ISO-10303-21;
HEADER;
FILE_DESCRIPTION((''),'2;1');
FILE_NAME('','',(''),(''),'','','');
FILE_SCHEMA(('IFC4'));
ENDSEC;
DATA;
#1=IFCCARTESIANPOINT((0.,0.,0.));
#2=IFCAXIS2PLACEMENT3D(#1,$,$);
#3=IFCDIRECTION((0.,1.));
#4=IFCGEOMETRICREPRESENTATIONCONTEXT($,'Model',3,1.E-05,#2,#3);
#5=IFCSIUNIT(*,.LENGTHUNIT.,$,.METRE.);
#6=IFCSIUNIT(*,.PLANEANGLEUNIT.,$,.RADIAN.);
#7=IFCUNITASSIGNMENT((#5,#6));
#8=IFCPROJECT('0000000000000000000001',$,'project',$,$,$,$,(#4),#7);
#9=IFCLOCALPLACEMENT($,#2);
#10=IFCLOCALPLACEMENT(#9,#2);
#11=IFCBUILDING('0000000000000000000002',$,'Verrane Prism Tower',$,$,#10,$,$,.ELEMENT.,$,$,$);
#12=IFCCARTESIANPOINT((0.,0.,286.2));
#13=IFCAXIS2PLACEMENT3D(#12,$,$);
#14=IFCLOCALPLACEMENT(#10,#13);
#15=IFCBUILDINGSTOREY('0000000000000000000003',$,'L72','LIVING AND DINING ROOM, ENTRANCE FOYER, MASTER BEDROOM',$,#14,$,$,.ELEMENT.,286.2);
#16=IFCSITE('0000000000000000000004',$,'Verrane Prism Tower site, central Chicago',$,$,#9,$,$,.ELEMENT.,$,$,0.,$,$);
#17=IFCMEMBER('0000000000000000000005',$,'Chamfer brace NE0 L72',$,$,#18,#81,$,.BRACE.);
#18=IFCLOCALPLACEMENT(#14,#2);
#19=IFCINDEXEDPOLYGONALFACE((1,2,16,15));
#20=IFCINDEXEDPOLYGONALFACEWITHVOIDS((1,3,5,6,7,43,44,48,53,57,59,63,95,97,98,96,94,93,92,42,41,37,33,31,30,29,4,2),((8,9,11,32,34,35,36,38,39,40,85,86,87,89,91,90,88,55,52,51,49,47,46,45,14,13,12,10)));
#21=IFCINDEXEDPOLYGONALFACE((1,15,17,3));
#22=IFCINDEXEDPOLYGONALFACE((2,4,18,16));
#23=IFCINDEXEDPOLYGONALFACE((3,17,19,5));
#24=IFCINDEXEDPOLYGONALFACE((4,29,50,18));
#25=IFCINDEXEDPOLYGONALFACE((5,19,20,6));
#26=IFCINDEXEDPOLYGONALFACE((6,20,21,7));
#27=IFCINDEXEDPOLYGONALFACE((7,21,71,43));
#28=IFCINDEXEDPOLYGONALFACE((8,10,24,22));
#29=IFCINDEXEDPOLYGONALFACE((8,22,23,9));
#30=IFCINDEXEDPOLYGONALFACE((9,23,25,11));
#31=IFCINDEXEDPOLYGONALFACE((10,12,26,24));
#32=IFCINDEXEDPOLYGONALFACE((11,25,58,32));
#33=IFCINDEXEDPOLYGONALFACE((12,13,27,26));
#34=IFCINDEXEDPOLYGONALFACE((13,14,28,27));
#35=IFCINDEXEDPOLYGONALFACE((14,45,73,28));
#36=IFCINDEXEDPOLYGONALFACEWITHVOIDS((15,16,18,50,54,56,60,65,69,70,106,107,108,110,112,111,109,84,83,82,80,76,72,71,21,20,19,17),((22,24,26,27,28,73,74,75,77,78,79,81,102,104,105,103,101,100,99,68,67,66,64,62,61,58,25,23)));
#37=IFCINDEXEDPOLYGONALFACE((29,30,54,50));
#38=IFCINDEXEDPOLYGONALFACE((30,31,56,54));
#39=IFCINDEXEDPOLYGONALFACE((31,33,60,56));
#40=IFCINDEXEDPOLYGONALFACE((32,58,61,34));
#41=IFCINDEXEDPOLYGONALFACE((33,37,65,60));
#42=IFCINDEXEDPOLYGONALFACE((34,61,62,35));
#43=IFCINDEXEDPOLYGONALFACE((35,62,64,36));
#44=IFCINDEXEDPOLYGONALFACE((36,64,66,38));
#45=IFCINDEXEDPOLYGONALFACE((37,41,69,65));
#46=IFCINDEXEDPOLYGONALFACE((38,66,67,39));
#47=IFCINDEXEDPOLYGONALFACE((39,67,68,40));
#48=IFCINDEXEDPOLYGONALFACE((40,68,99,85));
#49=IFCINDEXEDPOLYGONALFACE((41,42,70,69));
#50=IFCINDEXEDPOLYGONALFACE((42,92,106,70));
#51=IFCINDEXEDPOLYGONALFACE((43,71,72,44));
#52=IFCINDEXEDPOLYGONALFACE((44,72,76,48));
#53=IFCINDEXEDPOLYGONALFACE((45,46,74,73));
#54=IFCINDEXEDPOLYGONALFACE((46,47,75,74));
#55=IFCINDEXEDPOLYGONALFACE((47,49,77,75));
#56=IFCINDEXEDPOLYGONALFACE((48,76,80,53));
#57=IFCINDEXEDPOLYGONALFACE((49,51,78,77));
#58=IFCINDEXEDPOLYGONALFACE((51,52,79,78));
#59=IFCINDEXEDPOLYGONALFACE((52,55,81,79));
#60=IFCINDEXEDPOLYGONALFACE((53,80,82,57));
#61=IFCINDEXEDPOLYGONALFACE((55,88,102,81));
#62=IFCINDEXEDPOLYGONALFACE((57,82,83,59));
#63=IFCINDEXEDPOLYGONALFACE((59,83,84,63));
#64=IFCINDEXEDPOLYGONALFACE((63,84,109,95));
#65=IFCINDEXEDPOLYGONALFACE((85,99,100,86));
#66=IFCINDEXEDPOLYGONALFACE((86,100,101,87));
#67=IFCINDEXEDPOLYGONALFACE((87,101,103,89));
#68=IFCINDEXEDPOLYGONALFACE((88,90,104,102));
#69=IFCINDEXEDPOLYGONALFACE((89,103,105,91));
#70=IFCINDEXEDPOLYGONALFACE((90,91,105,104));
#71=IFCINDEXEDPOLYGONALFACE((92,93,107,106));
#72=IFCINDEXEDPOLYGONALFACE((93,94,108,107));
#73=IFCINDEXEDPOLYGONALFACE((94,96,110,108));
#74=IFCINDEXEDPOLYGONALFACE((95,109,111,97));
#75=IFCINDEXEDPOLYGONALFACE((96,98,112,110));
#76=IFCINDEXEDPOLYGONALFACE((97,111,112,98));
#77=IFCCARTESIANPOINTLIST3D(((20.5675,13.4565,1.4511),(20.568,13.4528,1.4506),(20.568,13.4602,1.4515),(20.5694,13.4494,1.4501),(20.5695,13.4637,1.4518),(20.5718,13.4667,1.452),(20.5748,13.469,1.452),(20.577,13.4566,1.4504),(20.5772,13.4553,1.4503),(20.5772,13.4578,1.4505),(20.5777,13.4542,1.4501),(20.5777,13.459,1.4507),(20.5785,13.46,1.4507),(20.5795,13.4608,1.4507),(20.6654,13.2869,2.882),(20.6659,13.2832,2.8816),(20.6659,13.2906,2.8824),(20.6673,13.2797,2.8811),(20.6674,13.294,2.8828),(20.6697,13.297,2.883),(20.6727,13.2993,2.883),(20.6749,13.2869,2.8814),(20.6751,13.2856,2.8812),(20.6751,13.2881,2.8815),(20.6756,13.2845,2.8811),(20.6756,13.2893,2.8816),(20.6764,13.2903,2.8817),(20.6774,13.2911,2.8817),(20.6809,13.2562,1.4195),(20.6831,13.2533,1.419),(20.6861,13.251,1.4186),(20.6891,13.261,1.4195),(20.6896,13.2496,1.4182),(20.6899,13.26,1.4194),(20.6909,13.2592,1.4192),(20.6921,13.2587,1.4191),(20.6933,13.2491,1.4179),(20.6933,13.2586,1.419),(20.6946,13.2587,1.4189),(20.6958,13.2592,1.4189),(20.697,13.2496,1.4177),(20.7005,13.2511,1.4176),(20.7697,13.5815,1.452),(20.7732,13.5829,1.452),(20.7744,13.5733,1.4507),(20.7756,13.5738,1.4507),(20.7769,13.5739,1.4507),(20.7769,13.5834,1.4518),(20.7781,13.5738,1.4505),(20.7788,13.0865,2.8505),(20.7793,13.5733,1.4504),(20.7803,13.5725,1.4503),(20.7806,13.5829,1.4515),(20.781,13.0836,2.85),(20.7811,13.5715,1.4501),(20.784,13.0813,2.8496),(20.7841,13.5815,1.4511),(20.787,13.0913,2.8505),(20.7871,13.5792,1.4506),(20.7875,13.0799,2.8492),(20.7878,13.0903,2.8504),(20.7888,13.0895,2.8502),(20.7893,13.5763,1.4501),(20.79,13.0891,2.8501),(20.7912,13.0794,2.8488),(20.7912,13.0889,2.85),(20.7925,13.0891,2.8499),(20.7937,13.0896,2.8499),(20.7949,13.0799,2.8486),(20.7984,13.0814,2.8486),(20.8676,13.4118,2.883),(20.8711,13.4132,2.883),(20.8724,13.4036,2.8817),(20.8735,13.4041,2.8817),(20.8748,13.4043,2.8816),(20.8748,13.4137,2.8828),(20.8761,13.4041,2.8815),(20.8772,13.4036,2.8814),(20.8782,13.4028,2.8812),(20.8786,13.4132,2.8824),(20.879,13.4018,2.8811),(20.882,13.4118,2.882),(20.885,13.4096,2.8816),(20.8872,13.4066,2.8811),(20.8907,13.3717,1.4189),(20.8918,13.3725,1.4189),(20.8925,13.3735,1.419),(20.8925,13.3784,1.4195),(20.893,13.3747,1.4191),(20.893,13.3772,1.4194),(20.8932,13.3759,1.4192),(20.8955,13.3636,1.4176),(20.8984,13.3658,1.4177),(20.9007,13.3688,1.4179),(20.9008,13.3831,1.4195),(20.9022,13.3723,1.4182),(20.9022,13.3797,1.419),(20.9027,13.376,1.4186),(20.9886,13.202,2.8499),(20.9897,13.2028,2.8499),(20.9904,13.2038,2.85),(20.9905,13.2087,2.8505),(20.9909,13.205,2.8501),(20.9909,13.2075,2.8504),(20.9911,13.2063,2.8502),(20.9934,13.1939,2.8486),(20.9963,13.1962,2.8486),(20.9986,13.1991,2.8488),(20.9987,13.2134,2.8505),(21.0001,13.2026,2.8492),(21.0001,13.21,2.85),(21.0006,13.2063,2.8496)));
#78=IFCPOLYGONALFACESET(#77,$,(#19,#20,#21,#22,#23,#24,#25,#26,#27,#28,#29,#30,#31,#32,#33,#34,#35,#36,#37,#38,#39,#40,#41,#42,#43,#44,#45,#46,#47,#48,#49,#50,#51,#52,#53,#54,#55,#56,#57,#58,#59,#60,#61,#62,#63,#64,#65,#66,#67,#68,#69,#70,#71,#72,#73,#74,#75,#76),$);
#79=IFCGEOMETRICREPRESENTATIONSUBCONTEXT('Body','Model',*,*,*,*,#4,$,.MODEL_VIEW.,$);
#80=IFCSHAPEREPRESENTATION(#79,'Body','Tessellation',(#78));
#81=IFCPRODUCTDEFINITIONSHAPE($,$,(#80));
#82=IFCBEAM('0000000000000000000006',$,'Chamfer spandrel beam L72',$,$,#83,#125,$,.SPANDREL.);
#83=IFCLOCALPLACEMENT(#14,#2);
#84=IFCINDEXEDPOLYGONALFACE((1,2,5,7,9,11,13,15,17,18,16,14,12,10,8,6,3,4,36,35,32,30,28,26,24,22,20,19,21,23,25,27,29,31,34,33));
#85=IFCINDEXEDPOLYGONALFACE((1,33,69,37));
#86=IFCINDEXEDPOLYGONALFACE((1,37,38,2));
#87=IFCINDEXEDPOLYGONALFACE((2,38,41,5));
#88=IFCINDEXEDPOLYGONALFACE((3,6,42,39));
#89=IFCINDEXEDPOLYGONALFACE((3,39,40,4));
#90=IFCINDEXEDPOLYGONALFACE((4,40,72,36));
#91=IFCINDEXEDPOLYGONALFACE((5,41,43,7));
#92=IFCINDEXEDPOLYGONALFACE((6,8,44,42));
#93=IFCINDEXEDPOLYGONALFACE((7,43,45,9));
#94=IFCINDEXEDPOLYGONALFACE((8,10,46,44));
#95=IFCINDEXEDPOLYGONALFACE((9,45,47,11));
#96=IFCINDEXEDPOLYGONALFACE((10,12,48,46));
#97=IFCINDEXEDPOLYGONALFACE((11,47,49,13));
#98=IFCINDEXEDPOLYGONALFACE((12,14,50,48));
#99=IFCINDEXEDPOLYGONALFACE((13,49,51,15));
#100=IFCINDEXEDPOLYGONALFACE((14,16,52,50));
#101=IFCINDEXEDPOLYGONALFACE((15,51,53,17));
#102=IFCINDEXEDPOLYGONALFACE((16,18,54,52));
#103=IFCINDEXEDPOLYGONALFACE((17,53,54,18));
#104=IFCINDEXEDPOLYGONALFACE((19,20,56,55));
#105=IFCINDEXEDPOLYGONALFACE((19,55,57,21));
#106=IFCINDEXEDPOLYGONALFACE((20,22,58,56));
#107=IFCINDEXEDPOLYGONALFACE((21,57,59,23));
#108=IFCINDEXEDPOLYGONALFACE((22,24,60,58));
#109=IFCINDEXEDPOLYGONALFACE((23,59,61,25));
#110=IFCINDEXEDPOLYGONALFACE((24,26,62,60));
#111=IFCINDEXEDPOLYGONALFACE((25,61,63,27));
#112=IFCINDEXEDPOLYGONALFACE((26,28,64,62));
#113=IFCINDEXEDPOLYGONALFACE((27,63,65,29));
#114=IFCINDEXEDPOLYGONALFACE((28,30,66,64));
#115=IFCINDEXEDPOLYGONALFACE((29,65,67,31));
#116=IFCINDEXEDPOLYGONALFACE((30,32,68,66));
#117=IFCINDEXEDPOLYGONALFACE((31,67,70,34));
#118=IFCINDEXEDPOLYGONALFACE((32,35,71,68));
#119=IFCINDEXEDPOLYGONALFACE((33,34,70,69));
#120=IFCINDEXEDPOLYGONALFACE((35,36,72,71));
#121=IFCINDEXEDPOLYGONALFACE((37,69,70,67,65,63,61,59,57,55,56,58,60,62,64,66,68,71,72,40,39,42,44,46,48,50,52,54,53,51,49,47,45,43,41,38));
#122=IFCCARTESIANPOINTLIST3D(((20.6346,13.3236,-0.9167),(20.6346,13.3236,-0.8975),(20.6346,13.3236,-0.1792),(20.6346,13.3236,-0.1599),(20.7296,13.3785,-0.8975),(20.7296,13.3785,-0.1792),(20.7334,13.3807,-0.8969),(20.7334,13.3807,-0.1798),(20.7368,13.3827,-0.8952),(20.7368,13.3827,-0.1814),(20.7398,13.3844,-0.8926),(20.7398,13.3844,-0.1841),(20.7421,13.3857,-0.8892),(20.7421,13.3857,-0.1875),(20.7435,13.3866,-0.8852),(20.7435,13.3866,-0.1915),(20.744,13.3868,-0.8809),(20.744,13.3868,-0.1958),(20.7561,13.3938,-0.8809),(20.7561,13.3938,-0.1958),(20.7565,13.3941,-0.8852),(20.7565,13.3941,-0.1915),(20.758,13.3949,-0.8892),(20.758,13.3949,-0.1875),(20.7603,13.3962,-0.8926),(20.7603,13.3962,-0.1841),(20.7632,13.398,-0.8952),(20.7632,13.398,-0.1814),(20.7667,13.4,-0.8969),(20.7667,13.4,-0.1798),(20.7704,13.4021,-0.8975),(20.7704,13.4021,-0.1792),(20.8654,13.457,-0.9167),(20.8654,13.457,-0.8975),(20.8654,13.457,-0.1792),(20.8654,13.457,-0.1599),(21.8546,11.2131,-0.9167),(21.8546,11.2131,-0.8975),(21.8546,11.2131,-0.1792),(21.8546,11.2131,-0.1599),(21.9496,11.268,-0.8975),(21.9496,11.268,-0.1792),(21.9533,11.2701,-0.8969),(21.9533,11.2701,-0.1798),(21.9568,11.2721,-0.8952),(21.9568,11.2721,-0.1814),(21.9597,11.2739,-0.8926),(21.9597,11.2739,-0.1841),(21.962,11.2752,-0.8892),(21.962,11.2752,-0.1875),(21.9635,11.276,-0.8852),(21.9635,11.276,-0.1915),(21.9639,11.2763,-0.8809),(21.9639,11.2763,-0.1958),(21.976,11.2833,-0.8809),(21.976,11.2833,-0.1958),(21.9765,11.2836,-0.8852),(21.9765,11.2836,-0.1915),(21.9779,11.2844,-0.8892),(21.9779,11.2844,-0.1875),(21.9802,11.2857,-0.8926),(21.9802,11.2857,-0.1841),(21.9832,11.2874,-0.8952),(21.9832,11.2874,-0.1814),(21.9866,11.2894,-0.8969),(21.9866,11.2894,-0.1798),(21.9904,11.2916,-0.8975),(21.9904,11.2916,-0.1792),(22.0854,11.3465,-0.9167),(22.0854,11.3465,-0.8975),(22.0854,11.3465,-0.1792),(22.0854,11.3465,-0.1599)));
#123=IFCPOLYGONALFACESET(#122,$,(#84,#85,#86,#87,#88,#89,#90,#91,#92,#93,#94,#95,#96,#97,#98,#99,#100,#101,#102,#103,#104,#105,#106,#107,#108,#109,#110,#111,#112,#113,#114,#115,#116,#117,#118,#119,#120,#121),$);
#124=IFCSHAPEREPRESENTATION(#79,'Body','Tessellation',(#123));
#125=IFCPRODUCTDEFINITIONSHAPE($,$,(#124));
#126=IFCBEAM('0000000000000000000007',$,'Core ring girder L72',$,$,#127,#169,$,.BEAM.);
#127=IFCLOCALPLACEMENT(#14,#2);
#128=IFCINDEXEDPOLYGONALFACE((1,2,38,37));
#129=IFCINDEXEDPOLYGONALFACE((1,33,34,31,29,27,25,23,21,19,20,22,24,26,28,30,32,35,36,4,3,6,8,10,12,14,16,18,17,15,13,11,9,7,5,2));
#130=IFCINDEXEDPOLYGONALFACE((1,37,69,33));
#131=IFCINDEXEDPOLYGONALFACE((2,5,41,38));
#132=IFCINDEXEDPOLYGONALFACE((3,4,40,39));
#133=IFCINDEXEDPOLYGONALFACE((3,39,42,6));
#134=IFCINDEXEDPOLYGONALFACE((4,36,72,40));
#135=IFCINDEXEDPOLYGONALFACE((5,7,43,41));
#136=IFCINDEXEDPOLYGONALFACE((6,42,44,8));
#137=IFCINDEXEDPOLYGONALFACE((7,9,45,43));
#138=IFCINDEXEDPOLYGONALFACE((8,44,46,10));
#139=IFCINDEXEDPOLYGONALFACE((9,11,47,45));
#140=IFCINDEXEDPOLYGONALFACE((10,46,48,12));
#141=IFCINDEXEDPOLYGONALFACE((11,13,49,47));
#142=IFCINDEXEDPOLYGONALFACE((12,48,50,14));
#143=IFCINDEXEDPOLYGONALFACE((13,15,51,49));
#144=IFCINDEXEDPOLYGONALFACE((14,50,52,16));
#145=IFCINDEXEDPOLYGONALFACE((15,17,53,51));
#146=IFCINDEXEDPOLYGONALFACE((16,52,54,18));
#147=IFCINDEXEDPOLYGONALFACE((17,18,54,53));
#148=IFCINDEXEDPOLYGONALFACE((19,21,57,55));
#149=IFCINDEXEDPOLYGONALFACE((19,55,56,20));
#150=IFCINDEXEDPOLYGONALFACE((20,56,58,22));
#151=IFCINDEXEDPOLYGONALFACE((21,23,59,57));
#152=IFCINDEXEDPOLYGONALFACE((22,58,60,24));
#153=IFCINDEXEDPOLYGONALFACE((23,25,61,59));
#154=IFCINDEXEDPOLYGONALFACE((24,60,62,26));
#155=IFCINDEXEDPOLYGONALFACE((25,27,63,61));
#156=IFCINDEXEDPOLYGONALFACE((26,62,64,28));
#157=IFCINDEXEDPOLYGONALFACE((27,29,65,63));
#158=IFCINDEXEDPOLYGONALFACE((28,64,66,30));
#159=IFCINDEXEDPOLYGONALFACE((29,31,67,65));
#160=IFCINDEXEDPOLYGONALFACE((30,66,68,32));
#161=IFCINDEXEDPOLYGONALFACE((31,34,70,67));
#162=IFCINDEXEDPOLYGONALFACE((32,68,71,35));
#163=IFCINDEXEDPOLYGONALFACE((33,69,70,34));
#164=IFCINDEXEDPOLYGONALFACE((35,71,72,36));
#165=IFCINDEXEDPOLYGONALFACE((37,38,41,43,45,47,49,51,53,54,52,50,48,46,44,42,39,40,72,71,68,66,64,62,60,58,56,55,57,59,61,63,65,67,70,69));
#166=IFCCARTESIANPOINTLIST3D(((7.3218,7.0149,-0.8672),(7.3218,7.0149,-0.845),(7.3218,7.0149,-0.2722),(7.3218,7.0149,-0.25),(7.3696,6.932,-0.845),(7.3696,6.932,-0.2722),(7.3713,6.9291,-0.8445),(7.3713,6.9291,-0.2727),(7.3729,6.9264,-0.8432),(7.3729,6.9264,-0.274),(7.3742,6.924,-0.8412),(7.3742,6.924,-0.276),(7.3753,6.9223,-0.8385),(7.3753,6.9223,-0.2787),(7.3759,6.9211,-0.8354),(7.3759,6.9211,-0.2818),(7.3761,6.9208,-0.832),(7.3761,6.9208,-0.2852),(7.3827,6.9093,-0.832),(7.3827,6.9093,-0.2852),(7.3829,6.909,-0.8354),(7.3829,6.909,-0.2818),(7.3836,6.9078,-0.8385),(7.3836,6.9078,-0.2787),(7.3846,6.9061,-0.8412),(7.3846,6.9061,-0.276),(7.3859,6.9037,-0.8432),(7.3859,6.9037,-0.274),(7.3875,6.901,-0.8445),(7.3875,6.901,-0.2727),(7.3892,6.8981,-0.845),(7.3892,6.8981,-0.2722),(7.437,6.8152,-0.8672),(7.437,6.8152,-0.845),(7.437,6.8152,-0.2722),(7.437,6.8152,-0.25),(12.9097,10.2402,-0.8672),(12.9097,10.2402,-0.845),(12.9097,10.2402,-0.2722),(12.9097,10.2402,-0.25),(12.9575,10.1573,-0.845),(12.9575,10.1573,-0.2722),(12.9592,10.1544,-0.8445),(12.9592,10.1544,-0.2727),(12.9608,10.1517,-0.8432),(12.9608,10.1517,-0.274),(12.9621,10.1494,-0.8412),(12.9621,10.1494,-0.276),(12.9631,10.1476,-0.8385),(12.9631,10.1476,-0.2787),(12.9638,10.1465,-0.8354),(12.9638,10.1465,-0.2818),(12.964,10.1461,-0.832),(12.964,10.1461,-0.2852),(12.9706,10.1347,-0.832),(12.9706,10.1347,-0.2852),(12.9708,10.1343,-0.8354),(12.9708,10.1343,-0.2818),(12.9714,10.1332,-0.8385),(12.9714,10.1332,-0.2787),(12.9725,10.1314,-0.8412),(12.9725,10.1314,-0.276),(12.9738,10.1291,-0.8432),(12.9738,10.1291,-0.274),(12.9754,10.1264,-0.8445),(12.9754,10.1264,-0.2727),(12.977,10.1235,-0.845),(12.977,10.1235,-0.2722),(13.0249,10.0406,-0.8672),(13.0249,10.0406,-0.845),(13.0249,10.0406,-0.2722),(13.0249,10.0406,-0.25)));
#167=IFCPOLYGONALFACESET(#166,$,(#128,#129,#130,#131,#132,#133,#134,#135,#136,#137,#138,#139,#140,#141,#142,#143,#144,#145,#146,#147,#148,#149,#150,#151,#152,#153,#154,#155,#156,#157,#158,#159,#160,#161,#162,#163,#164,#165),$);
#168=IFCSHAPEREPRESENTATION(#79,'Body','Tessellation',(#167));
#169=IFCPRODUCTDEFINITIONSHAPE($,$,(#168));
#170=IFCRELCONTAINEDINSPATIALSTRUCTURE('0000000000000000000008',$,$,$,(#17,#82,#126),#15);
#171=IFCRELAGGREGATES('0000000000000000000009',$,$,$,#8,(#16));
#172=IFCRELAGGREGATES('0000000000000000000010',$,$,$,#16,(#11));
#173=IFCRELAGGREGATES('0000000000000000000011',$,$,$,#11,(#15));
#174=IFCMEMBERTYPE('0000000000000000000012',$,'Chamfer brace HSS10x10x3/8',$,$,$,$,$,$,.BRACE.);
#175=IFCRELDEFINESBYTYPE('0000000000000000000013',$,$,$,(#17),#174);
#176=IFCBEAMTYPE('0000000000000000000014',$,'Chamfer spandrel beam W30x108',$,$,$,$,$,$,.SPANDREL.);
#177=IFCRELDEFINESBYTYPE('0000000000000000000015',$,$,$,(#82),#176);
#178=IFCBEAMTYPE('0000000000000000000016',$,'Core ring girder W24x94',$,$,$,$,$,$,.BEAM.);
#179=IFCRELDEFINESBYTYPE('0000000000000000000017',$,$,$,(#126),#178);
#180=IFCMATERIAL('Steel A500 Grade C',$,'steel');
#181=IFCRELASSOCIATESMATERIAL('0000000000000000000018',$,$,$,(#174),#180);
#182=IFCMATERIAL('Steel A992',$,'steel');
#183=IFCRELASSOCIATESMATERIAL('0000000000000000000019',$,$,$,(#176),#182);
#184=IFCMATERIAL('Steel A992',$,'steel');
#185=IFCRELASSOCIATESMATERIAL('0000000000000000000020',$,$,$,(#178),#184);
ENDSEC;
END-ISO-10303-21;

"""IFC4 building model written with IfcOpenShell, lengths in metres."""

from ifc_helpers import new_model, si_unit, direction, frame, origin, origin_2d, place, context, subcontext, project, spatial, hollow_rectangle, i_section, extrude, material, material_profile, profile_set, type_object, element, save


model = new_model("IFC4")

# Units and contexts
model_context = context("Model", 3, precision=1e-05, world=origin(), true_north=direction((0.0, 1.0)))
body_context = subcontext(model_context, "Body", "Model", "MODEL_VIEW")
ifc_project = project(units=[si_unit("LENGTHUNIT", "METRE"), si_unit("PLANEANGLEUNIT", "RADIAN")], contexts=[model_context])

# Site, building, storey
site_placement = place(None, origin())
site = spatial("IfcSite", under=ifc_project, at=site_placement, Name="Verrane Prism Tower site, central Chicago", CompositionType="ELEMENT", RefElevation=0.0)
building_placement = place(site_placement, origin())
building = spatial("IfcBuilding", under=site, at=building_placement, Name="Verrane Prism Tower", CompositionType="ELEMENT")
storey_placement = place(building_placement, frame((0.0, 0.0, 286.2)))
storey = spatial("IfcBuildingStorey", under=building, at=storey_placement, Name="L72", Description="LIVING AND DINING ROOM, ENTRANCE FOYER, MASTER BEDROOM", CompositionType="ELEMENT", Elevation=286.2)

# Member
ifc_material_1 = material(Name="Steel A500 Grade C", Category="steel")
ifc_material_profile_1 = material_profile(ifc_material_1, hollow_rectangle(XDim=0.2539, YDim=0.2539, WallThickness=0.0095, InnerFilletRadius=0.0049, OuterFilletRadius=0.0144, at=origin_2d()), Name="HSS10x10x3/8")
ifc_profile_set_1 = profile_set([ifc_material_profile_1], Name="Steel A500 Grade C")
member_type_1 = type_object("IfcMemberType", Name="Chamfer brace HSS10x10x3/8", PredefinedType="BRACE", material=ifc_profile_set_1)
member_1_placement = place(storey_placement, frame((20.7351, 13.4163, 1.4348), z_axis=(0.067786, -0.117485, 0.990759), x_axis=(0.866165, 0.499758, 0.0)))
element("IfcMember", 1, at=member_1_placement, inside=storey, type_object=member_type_1, Name="Chamfer brace NE0 L72", PredefinedType="BRACE", context=body_context, shape_type="SweptSolid", body=[
    extrude(hollow_rectangle(XDim=0.2539, YDim=0.2539, WallThickness=0.0095, InnerFilletRadius=0.0049, OuterFilletRadius=0.0144, at=origin_2d()), origin(), (0.0, 0.0, 1.0), 1.4443),
])

# Beams
ifc_material_2 = material(Name="Steel A992", Category="steel")
ifc_material_profile_2 = material_profile(ifc_material_2, i_section(OverallWidth=0.2666, OverallDepth=0.7568, WebThickness=0.0139, FlangeThickness=0.0193, FilletRadius=0.0166, at=origin_2d()), Name="W30x108")
ifc_profile_set_2 = profile_set([ifc_material_profile_2], Name="Steel A992")
beam_type_1 = type_object("IfcBeamType", Name="Chamfer spandrel beam W30x108", PredefinedType="SPANDREL", material=ifc_profile_set_2)
beam_1_placement = place(storey_placement, frame((21.97, 11.2798, -0.5383), z_axis=(-0.500436, 0.865773, 0.0), x_axis=(-0.865773, -0.500436, 0.0)))
element("IfcBeam", 2, at=beam_1_placement, inside=storey, type_object=beam_type_1, Name="Chamfer spandrel beam L72", PredefinedType="SPANDREL", context=body_context, shape_type="SweptSolid", body=[
    extrude(i_section(OverallWidth=0.2666, OverallDepth=0.7568, WebThickness=0.0139, FlangeThickness=0.0193, FilletRadius=0.0166, at=origin_2d()), origin(), (0.0, 0.0, 1.0), 2.4377),
])
ifc_material_3 = material(Name="Steel A992", Category="steel")
ifc_material_profile_3 = material_profile(ifc_material_3, i_section(OverallWidth=0.2305, OverallDepth=0.6172, WebThickness=0.0132, FlangeThickness=0.0222, FilletRadius=0.0129, at=origin_2d()), Name="W24x94")
ifc_profile_set_3 = profile_set([ifc_material_profile_3], Name="Steel A992")
beam_type_2 = type_object("IfcBeamType", Name="Core ring girder W24x94", PredefinedType="BEAM", material=ifc_profile_set_3)
beam_2_placement = place(storey_placement, frame((12.9673, 10.1404, -0.5586), z_axis=(-0.866081, -0.499904, 0.0), x_axis=(0.499904, -0.866081, 0.0)))
element("IfcBeam", 3, at=beam_2_placement, inside=storey, type_object=beam_type_2, Name="Core ring girder L72", PredefinedType="BEAM", context=body_context, shape_type="SweptSolid", body=[
    extrude(i_section(OverallWidth=0.2305, OverallDepth=0.6172, WebThickness=0.0132, FlangeThickness=0.0222, FilletRadius=0.0129, at=origin_2d()), origin(), (0.0, 0.0, 1.0), 6.4519),
])

save(model, "model.ifc")
